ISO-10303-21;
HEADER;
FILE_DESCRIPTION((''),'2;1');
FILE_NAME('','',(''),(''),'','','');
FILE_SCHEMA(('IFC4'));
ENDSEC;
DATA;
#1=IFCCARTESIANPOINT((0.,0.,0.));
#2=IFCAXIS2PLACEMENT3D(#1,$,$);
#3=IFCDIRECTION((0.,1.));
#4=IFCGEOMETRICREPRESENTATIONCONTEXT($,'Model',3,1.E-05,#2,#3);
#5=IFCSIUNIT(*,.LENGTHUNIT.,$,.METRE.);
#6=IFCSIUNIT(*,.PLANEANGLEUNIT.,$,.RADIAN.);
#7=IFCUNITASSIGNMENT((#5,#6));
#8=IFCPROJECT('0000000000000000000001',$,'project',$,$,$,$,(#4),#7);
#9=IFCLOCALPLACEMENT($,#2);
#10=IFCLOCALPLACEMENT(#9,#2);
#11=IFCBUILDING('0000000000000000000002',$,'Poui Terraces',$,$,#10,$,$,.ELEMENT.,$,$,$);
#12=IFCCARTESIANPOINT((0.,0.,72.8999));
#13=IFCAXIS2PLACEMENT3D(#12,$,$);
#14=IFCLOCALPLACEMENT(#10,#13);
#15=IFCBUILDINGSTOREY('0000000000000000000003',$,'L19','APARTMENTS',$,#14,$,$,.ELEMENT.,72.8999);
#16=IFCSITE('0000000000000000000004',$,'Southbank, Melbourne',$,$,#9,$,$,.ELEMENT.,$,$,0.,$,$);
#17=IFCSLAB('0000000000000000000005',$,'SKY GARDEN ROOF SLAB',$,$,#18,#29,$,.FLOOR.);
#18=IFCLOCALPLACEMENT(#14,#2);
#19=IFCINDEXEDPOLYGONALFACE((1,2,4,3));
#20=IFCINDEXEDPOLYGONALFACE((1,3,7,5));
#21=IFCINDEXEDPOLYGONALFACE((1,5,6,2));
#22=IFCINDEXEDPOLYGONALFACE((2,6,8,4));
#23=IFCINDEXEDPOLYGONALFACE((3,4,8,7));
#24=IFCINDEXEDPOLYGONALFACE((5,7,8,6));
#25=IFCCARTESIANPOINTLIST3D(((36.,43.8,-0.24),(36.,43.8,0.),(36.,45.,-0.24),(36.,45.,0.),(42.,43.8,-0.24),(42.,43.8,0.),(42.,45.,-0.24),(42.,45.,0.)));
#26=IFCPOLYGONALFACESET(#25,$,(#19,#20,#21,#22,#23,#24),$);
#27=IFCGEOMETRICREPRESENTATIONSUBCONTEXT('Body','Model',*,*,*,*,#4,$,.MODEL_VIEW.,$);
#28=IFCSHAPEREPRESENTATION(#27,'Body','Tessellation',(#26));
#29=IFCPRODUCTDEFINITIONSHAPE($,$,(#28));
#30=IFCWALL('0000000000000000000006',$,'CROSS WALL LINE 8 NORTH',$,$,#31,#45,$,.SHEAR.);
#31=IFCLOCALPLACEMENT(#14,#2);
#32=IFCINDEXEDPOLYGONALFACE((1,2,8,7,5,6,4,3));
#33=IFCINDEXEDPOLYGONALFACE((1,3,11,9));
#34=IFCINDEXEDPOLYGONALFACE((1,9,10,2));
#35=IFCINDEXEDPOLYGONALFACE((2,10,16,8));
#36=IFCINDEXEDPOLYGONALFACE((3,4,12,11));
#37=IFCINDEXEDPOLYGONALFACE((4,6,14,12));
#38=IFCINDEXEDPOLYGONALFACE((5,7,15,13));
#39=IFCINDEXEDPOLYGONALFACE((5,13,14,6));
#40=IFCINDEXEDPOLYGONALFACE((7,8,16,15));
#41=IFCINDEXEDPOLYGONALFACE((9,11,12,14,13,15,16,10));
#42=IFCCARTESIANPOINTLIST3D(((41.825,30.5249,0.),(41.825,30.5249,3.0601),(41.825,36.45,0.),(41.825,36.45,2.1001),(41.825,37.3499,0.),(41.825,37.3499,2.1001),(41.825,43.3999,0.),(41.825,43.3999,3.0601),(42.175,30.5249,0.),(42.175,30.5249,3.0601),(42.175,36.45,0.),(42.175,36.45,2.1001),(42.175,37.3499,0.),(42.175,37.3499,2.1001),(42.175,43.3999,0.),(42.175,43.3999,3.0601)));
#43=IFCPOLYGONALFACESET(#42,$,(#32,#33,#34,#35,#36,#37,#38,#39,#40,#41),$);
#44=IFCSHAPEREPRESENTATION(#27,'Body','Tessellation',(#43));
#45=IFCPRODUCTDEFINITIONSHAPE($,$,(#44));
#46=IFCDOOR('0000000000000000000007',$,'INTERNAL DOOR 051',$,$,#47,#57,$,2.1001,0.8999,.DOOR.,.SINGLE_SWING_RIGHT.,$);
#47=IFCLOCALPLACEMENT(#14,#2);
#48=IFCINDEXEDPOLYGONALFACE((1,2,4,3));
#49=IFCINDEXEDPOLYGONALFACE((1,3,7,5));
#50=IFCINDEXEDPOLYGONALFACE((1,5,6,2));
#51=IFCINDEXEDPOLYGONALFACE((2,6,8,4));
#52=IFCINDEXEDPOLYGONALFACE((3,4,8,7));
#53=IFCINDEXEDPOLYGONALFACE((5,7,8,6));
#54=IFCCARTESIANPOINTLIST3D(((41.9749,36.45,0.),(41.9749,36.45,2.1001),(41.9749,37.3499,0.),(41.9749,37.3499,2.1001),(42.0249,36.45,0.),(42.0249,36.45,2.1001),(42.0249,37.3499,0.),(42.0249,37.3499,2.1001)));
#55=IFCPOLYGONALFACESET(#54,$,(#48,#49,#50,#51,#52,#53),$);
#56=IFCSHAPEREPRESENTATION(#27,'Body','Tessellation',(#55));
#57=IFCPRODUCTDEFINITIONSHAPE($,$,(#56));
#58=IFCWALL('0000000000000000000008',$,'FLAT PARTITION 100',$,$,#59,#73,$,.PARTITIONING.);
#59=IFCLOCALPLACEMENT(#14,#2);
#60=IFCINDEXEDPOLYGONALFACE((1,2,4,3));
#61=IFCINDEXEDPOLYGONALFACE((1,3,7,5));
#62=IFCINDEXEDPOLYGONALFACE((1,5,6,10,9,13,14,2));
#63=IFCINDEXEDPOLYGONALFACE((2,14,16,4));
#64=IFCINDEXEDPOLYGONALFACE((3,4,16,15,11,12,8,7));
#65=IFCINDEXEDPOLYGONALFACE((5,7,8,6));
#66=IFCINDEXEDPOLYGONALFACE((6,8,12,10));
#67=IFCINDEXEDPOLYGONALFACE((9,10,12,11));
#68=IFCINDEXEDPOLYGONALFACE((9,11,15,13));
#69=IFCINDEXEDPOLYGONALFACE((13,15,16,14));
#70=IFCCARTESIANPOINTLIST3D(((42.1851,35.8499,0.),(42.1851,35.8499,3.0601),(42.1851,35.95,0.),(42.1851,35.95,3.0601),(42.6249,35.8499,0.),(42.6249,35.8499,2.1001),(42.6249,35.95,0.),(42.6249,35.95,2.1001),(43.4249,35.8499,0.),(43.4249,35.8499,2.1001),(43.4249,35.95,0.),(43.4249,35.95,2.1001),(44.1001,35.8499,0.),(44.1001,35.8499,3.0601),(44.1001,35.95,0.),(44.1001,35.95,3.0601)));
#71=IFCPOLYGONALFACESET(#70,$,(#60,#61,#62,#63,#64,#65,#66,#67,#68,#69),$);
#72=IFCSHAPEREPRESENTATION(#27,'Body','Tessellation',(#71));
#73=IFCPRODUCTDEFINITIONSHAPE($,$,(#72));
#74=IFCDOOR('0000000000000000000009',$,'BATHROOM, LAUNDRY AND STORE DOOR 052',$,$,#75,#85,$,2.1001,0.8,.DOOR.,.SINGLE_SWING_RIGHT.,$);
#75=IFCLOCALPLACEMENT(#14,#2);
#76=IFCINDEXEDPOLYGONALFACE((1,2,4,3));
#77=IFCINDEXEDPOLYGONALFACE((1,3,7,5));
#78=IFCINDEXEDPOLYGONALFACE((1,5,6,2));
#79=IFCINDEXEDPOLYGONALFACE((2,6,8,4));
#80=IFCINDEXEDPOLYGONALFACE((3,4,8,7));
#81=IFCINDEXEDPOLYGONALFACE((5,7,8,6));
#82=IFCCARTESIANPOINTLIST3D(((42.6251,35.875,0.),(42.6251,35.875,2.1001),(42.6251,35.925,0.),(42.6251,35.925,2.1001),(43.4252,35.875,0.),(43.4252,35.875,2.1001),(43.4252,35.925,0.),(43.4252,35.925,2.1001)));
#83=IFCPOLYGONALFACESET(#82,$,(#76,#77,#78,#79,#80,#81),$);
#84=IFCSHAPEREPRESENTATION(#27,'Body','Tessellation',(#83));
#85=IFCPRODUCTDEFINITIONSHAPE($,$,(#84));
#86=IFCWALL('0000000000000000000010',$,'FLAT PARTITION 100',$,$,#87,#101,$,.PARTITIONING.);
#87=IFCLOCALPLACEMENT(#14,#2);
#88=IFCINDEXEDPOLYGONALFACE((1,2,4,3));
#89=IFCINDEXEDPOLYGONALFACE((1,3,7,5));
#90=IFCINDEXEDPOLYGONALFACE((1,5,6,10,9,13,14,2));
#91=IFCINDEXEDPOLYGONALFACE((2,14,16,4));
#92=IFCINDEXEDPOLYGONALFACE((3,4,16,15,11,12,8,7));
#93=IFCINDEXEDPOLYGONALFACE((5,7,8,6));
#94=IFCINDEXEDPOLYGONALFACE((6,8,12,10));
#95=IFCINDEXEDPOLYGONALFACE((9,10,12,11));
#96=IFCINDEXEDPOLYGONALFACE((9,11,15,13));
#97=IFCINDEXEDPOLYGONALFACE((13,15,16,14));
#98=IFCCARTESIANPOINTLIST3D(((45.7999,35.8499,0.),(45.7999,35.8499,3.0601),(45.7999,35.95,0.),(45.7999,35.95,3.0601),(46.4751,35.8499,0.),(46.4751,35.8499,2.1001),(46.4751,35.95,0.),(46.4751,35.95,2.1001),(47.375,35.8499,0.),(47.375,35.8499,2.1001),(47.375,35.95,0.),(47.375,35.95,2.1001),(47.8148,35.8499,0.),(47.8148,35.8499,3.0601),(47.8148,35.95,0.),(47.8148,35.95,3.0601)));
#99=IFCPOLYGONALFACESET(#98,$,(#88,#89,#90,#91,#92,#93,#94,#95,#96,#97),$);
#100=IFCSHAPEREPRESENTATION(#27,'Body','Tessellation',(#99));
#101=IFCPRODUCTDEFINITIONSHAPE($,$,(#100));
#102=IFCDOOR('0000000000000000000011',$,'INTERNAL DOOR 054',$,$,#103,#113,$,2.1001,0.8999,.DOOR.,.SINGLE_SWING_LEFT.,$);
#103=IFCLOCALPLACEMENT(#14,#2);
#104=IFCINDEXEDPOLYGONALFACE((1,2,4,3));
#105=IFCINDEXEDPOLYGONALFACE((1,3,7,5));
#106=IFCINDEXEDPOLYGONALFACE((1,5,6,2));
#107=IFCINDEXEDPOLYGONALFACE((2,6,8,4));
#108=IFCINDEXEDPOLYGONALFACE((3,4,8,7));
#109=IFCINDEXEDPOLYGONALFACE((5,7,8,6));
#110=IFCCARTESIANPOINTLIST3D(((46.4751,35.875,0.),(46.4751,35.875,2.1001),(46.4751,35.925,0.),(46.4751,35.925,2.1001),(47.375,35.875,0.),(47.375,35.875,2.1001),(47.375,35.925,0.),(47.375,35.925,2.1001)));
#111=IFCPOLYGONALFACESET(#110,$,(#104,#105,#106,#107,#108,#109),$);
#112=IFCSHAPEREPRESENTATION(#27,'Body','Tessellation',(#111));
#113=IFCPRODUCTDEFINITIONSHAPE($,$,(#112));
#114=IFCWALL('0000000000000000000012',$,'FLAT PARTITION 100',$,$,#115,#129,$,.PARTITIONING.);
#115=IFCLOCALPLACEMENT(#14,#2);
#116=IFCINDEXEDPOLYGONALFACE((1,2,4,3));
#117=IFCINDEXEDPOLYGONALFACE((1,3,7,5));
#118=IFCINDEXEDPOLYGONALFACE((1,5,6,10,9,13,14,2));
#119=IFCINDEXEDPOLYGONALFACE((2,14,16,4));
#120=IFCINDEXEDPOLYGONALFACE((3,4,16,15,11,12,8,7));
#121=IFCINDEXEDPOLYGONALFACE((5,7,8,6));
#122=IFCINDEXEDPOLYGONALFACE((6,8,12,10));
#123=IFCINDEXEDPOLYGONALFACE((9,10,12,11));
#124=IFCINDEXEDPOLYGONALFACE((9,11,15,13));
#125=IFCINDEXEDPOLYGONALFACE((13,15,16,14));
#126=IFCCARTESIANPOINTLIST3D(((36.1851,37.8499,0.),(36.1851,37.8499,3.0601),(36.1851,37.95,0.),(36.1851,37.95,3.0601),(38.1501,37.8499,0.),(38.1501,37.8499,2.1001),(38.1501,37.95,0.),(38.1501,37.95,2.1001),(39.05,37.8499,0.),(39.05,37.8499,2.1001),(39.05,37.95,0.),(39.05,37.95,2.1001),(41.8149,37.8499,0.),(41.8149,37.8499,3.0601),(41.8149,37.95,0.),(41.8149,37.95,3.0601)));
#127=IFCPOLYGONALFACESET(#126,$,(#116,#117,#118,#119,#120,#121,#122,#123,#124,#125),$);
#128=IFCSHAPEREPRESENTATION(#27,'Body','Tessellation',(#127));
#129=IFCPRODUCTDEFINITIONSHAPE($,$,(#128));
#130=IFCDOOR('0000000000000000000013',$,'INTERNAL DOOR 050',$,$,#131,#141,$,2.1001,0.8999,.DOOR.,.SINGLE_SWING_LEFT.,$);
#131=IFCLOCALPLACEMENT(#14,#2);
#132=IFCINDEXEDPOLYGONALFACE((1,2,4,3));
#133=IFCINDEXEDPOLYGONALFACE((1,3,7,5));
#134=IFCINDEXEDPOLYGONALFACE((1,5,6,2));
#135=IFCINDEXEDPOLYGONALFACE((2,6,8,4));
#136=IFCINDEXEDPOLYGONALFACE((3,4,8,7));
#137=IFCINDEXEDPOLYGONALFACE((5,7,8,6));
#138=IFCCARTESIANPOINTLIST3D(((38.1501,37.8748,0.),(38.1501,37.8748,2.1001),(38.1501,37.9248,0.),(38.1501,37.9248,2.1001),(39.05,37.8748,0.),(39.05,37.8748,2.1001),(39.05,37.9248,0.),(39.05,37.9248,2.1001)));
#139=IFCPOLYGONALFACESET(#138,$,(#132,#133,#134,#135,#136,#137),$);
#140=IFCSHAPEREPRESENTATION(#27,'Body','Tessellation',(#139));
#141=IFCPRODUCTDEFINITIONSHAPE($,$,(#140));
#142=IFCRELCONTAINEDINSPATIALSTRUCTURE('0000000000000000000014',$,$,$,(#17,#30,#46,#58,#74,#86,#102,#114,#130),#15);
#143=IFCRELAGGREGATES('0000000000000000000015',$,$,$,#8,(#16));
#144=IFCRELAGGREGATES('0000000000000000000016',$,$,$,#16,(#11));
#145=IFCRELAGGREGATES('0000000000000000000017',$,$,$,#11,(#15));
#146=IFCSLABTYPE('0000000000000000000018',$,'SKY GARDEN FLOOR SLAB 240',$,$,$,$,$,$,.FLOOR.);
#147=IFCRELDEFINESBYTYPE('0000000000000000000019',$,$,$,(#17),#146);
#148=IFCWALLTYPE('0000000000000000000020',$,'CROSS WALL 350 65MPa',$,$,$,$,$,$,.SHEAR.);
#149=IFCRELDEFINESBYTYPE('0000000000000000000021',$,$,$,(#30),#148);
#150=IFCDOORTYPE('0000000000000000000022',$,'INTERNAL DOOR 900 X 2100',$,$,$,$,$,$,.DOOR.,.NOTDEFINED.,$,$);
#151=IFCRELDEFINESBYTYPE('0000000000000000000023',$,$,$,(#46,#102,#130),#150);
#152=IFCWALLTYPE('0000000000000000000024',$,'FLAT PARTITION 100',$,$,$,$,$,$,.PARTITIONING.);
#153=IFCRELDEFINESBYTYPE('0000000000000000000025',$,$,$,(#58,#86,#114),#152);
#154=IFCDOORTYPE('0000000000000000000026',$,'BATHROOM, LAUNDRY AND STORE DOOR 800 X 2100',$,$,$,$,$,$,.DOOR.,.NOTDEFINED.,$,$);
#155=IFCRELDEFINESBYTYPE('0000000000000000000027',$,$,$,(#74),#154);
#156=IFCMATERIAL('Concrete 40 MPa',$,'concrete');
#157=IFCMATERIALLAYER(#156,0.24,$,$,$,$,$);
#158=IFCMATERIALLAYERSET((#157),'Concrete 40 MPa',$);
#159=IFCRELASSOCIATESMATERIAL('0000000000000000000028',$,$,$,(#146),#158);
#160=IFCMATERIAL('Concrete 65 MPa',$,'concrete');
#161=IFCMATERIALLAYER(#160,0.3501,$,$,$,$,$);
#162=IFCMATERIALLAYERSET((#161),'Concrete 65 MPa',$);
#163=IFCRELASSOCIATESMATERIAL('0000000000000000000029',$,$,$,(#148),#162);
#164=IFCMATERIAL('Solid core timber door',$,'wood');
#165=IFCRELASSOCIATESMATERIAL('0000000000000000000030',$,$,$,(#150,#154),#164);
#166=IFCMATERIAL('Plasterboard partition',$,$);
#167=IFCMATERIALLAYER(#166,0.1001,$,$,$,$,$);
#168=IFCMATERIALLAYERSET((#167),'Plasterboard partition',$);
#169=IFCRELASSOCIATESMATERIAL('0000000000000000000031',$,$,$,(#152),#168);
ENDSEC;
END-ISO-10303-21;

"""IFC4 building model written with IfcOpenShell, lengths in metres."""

from ifc_helpers import new_model, si_unit, direction, frame, frame_2d, origin, place, context, subcontext, project, spatial, polyline, rectangle, outline, extrude, source, transform, mapped, material, layer, layer_set, type_object, element, fill, save


model = new_model("IFC4")

# Units and contexts
model_context = context("Model", 3, precision=1e-05, world=origin(), true_north=direction((0.0, 1.0)))
body_context = subcontext(model_context, "Body", "Model", "MODEL_VIEW")
ifc_project = project(units=[si_unit("LENGTHUNIT", "METRE"), si_unit("PLANEANGLEUNIT", "RADIAN")], contexts=[model_context])

# Site, building, storey
site_placement = place(None, origin())
site = spatial("IfcSite", under=ifc_project, at=site_placement, Name="Southbank, Melbourne", CompositionType="ELEMENT", RefElevation=0.0)
building_placement = place(site_placement, origin())
building = spatial("IfcBuilding", under=site, at=building_placement, Name="Poui Terraces", CompositionType="ELEMENT")
storey_placement = place(building_placement, frame((0.0, 0.0, 72.8999)))
storey = spatial("IfcBuildingStorey", under=building, at=storey_placement, Name="L19", Description="APARTMENTS", CompositionType="ELEMENT", Elevation=72.8999)

# Slab
ifc_material_1 = material(Name="Concrete 40 MPa", Category="concrete")
ifc_layer_1 = layer(ifc_material_1, 0.24)
ifc_layer_set_1 = layer_set([ifc_layer_1], Name="Concrete 40 MPa")
slab_type = type_object("IfcSlabType", Name="SKY GARDEN FLOOR SLAB 240", PredefinedType="FLOOR", material=ifc_layer_set_1)
shared_shape_1 = source(origin(), body_context, "Body", "SweptSolid", [
    extrude(outline(polyline([(0.0, 0.0), (0.0, 1.2), (-6.0, 1.2), (-6.0, 0.0), (0.0, 0.0)])), origin(), (0.0, 0.0, 1.0), 0.24),
])
slab_placement = place(storey_placement, frame((42.0, 43.8, -0.24)))
element("IfcSlab", 1, at=slab_placement, inside=storey, type_object=slab_type, Name="SKY GARDEN ROOF SLAB", PredefinedType="FLOOR", context=body_context, shape_type="MappedRepresentation", body=[
    mapped(shared_shape_1, transform((0.0, 0.0, 0.0))),
])

# Walls, openings, doors
ifc_material_2 = material(Name="Concrete 65 MPa", Category="concrete")
ifc_layer_2 = layer(ifc_material_2, 0.3501)
ifc_layer_set_2 = layer_set([ifc_layer_2], Name="Concrete 65 MPa")
wall_type_1 = type_object("IfcWallType", Name="CROSS WALL 350 65MPa", PredefinedType="SHEAR", material=ifc_layer_set_2)
wall_1_placement = place(storey_placement, frame((42.0, 30.5249, 0.0), z_axis=(0.0, 0.0, 1.0), x_axis=(0.0, 1.0, 0.0)))
wall_1 = element("IfcWall", 2, at=wall_1_placement, inside=storey, type_object=wall_type_1, Name="CROSS WALL LINE 8 NORTH", PredefinedType="SHEAR", context=body_context, shape_type="SweptSolid", body=[
    extrude(rectangle(XDim=12.875, YDim=0.3501, at=frame_2d((6.4375, 0.0))), origin(), (0.0, 0.0, 1.0), 3.0601),
])
opening_1_placement = place(wall_1_placement, frame((5.925, 0.0, 0.0)))
opening_1 = element("IfcOpeningElement", 3, at=opening_1_placement, cuts=wall_1, PredefinedType="OPENING", context=body_context, shape_type="SweptSolid", body=[
    extrude(rectangle(XDim=0.8999, YDim=2.1001, at=frame_2d((0.45, 1.05))), frame((0.0, 0.1851, 0.0), z_axis=(0.0, -1.0, 0.0), x_axis=(1.0, 0.0, 0.0)), (0.0, 0.0, 1.0), 0.3701),
])
ifc_material_3 = material(Name="Solid core timber door", Category="wood")
door_type_1 = type_object("IfcDoorType", Name="INTERNAL DOOR 900 X 2100", OperationType="NOTDEFINED", PredefinedType="DOOR", material=ifc_material_3)
door_1_placement = place(opening_1_placement, frame((0.8999, 0.0, 0.0), z_axis=(0.0, 0.0, 1.0), x_axis=(-1.0, 0.0, 0.0)))
door_1 = element("IfcDoor", 4, at=door_1_placement, inside=storey, type_object=door_type_1, Name="INTERNAL DOOR 051", OperationType="SINGLE_SWING_RIGHT", OverallHeight=2.1001, OverallWidth=0.8999, PredefinedType="DOOR", context=body_context, shape_type="SweptSolid", body=[
    extrude(rectangle(XDim=0.8999, YDim=2.1001, at=frame_2d((0.45, 1.05))), frame((0.0, 0.0249, 0.0), z_axis=(0.0, -1.0, 0.0), x_axis=(1.0, 0.0, 0.0)), (0.0, 0.0, 1.0), 0.05),
])
fill(opening_1, door_1)
ifc_material_4 = material(Name="Plasterboard partition")
ifc_layer_3 = layer(ifc_material_4, 0.1001)
ifc_layer_set_3 = layer_set([ifc_layer_3], Name="Plasterboard partition")
wall_type_2 = type_object("IfcWallType", Name="FLAT PARTITION 100", PredefinedType="PARTITIONING", material=ifc_layer_set_3)
wall_2_placement = place(storey_placement, frame((42.1851, 35.8999, 0.0), z_axis=(0.0, 0.0, 1.0), x_axis=(1.0, 0.0, 0.0)))
wall_2 = element("IfcWall", 5, at=wall_2_placement, inside=storey, type_object=wall_type_2, Name="FLAT PARTITION 100", PredefinedType="PARTITIONING", context=body_context, shape_type="SweptSolid", body=[
    extrude(rectangle(XDim=1.915, YDim=0.1001, at=frame_2d((0.9575, 0.0))), origin(), (0.0, 0.0, 1.0), 3.0601),
])
opening_2_placement = place(wall_2_placement, frame((0.4399, 0.0, 0.0)))
opening_2 = element("IfcOpeningElement", 6, at=opening_2_placement, cuts=wall_2, PredefinedType="OPENING", context=body_context, shape_type="SweptSolid", body=[
    extrude(rectangle(XDim=0.8, YDim=2.1001, at=frame_2d((0.3999, 1.05))), frame((0.0, 0.0601, 0.0), z_axis=(0.0, -1.0, 0.0), x_axis=(1.0, 0.0, 0.0)), (0.0, 0.0, 1.0), 0.1201),
])
door_type_2 = type_object("IfcDoorType", Name="BATHROOM, LAUNDRY AND STORE DOOR 800 X 2100", OperationType="NOTDEFINED", PredefinedType="DOOR", material=ifc_material_3)
door_2_placement = place(opening_2_placement, frame((0.8, 0.0, 0.0), z_axis=(0.0, 0.0, 1.0), x_axis=(-1.0, 0.0, 0.0)))
door_2 = element("IfcDoor", 7, at=door_2_placement, inside=storey, type_object=door_type_2, Name="BATHROOM, LAUNDRY AND STORE DOOR 052", OperationType="SINGLE_SWING_RIGHT", OverallHeight=2.1001, OverallWidth=0.8, PredefinedType="DOOR", context=body_context, shape_type="SweptSolid", body=[
    extrude(rectangle(XDim=0.8, YDim=2.1001, at=frame_2d((0.3999, 1.05))), frame((0.0, 0.0249, 0.0), z_axis=(0.0, -1.0, 0.0), x_axis=(1.0, 0.0, 0.0)), (0.0, 0.0, 1.0), 0.05),
])
fill(opening_2, door_2)
wall_3_placement = place(storey_placement, frame((45.8, 35.8999, 0.0), z_axis=(0.0, 0.0, 1.0), x_axis=(1.0, 0.0, 0.0)))
wall_3 = element("IfcWall", 8, at=wall_3_placement, inside=storey, type_object=wall_type_2, Name="FLAT PARTITION 100", PredefinedType="PARTITIONING", context=body_context, shape_type="SweptSolid", body=[
    extrude(rectangle(XDim=2.0149, YDim=0.1001, at=frame_2d((1.0073, 0.0))), origin(), (0.0, 0.0, 1.0), 3.0601),
])
opening_3_placement = place(wall_3_placement, frame((0.675, 0.0, 0.0)))
opening_3 = element("IfcOpeningElement", 9, at=opening_3_placement, cuts=wall_3, PredefinedType="OPENING", context=body_context, shape_type="SweptSolid", body=[
    extrude(rectangle(XDim=0.8999, YDim=2.1001, at=frame_2d((0.45, 1.05))), frame((0.0, 0.0601, 0.0), z_axis=(0.0, -1.0, 0.0), x_axis=(1.0, 0.0, 0.0)), (0.0, 0.0, 1.0), 0.1201),
])
door_3_placement = place(opening_3_placement, frame((0.8999, 0.0, 0.0), z_axis=(0.0, 0.0, 1.0), x_axis=(-1.0, 0.0, 0.0)))
door_3 = element("IfcDoor", 10, at=door_3_placement, inside=storey, type_object=door_type_1, Name="INTERNAL DOOR 054", OperationType="SINGLE_SWING_LEFT", OverallHeight=2.1001, OverallWidth=0.8999, PredefinedType="DOOR", context=body_context, shape_type="SweptSolid", body=[
    extrude(rectangle(XDim=0.8999, YDim=2.1001, at=frame_2d((0.45, 1.05))), frame((0.0, 0.0249, 0.0), z_axis=(0.0, -1.0, 0.0), x_axis=(1.0, 0.0, 0.0)), (0.0, 0.0, 1.0), 0.05),
])
fill(opening_3, door_3)
wall_4_placement = place(storey_placement, frame((36.1851, 37.8999, 0.0), z_axis=(0.0, 0.0, 1.0), x_axis=(1.0, 0.0, 0.0)))
wall_4 = element("IfcWall", 11, at=wall_4_placement, inside=storey, type_object=wall_type_2, Name="FLAT PARTITION 100", PredefinedType="PARTITIONING", context=body_context, shape_type="SweptSolid", body=[
    extrude(rectangle(XDim=5.6299, YDim=0.1001, at=frame_2d((2.8149, 0.0))), origin(), (0.0, 0.0, 1.0), 3.0601),
])
opening_4_placement = place(wall_4_placement, frame((1.9651, 0.0, 0.0)))
opening_4 = element("IfcOpeningElement", 12, at=opening_4_placement, cuts=wall_4, PredefinedType="OPENING", context=body_context, shape_type="SweptSolid", body=[
    extrude(rectangle(XDim=0.8999, YDim=2.1001, at=frame_2d((0.45, 1.05))), frame((0.0, 0.0601, 0.0), z_axis=(0.0, -1.0, 0.0), x_axis=(1.0, 0.0, 0.0)), (0.0, 0.0, 1.0), 0.1201),
])
door_4_placement = place(opening_4_placement, origin())
door_4 = element("IfcDoor", 13, at=door_4_placement, inside=storey, type_object=door_type_1, Name="INTERNAL DOOR 050", OperationType="SINGLE_SWING_LEFT", OverallHeight=2.1001, OverallWidth=0.8999, PredefinedType="DOOR", context=body_context, shape_type="SweptSolid", body=[
    extrude(rectangle(XDim=0.8999, YDim=2.1001, at=frame_2d((0.45, 1.05))), frame((0.0, 0.0249, 0.0), z_axis=(0.0, -1.0, 0.0), x_axis=(1.0, 0.0, 0.0)), (0.0, 0.0, 1.0), 0.05),
])
fill(opening_4, door_4)

save(model, "model.ifc")
